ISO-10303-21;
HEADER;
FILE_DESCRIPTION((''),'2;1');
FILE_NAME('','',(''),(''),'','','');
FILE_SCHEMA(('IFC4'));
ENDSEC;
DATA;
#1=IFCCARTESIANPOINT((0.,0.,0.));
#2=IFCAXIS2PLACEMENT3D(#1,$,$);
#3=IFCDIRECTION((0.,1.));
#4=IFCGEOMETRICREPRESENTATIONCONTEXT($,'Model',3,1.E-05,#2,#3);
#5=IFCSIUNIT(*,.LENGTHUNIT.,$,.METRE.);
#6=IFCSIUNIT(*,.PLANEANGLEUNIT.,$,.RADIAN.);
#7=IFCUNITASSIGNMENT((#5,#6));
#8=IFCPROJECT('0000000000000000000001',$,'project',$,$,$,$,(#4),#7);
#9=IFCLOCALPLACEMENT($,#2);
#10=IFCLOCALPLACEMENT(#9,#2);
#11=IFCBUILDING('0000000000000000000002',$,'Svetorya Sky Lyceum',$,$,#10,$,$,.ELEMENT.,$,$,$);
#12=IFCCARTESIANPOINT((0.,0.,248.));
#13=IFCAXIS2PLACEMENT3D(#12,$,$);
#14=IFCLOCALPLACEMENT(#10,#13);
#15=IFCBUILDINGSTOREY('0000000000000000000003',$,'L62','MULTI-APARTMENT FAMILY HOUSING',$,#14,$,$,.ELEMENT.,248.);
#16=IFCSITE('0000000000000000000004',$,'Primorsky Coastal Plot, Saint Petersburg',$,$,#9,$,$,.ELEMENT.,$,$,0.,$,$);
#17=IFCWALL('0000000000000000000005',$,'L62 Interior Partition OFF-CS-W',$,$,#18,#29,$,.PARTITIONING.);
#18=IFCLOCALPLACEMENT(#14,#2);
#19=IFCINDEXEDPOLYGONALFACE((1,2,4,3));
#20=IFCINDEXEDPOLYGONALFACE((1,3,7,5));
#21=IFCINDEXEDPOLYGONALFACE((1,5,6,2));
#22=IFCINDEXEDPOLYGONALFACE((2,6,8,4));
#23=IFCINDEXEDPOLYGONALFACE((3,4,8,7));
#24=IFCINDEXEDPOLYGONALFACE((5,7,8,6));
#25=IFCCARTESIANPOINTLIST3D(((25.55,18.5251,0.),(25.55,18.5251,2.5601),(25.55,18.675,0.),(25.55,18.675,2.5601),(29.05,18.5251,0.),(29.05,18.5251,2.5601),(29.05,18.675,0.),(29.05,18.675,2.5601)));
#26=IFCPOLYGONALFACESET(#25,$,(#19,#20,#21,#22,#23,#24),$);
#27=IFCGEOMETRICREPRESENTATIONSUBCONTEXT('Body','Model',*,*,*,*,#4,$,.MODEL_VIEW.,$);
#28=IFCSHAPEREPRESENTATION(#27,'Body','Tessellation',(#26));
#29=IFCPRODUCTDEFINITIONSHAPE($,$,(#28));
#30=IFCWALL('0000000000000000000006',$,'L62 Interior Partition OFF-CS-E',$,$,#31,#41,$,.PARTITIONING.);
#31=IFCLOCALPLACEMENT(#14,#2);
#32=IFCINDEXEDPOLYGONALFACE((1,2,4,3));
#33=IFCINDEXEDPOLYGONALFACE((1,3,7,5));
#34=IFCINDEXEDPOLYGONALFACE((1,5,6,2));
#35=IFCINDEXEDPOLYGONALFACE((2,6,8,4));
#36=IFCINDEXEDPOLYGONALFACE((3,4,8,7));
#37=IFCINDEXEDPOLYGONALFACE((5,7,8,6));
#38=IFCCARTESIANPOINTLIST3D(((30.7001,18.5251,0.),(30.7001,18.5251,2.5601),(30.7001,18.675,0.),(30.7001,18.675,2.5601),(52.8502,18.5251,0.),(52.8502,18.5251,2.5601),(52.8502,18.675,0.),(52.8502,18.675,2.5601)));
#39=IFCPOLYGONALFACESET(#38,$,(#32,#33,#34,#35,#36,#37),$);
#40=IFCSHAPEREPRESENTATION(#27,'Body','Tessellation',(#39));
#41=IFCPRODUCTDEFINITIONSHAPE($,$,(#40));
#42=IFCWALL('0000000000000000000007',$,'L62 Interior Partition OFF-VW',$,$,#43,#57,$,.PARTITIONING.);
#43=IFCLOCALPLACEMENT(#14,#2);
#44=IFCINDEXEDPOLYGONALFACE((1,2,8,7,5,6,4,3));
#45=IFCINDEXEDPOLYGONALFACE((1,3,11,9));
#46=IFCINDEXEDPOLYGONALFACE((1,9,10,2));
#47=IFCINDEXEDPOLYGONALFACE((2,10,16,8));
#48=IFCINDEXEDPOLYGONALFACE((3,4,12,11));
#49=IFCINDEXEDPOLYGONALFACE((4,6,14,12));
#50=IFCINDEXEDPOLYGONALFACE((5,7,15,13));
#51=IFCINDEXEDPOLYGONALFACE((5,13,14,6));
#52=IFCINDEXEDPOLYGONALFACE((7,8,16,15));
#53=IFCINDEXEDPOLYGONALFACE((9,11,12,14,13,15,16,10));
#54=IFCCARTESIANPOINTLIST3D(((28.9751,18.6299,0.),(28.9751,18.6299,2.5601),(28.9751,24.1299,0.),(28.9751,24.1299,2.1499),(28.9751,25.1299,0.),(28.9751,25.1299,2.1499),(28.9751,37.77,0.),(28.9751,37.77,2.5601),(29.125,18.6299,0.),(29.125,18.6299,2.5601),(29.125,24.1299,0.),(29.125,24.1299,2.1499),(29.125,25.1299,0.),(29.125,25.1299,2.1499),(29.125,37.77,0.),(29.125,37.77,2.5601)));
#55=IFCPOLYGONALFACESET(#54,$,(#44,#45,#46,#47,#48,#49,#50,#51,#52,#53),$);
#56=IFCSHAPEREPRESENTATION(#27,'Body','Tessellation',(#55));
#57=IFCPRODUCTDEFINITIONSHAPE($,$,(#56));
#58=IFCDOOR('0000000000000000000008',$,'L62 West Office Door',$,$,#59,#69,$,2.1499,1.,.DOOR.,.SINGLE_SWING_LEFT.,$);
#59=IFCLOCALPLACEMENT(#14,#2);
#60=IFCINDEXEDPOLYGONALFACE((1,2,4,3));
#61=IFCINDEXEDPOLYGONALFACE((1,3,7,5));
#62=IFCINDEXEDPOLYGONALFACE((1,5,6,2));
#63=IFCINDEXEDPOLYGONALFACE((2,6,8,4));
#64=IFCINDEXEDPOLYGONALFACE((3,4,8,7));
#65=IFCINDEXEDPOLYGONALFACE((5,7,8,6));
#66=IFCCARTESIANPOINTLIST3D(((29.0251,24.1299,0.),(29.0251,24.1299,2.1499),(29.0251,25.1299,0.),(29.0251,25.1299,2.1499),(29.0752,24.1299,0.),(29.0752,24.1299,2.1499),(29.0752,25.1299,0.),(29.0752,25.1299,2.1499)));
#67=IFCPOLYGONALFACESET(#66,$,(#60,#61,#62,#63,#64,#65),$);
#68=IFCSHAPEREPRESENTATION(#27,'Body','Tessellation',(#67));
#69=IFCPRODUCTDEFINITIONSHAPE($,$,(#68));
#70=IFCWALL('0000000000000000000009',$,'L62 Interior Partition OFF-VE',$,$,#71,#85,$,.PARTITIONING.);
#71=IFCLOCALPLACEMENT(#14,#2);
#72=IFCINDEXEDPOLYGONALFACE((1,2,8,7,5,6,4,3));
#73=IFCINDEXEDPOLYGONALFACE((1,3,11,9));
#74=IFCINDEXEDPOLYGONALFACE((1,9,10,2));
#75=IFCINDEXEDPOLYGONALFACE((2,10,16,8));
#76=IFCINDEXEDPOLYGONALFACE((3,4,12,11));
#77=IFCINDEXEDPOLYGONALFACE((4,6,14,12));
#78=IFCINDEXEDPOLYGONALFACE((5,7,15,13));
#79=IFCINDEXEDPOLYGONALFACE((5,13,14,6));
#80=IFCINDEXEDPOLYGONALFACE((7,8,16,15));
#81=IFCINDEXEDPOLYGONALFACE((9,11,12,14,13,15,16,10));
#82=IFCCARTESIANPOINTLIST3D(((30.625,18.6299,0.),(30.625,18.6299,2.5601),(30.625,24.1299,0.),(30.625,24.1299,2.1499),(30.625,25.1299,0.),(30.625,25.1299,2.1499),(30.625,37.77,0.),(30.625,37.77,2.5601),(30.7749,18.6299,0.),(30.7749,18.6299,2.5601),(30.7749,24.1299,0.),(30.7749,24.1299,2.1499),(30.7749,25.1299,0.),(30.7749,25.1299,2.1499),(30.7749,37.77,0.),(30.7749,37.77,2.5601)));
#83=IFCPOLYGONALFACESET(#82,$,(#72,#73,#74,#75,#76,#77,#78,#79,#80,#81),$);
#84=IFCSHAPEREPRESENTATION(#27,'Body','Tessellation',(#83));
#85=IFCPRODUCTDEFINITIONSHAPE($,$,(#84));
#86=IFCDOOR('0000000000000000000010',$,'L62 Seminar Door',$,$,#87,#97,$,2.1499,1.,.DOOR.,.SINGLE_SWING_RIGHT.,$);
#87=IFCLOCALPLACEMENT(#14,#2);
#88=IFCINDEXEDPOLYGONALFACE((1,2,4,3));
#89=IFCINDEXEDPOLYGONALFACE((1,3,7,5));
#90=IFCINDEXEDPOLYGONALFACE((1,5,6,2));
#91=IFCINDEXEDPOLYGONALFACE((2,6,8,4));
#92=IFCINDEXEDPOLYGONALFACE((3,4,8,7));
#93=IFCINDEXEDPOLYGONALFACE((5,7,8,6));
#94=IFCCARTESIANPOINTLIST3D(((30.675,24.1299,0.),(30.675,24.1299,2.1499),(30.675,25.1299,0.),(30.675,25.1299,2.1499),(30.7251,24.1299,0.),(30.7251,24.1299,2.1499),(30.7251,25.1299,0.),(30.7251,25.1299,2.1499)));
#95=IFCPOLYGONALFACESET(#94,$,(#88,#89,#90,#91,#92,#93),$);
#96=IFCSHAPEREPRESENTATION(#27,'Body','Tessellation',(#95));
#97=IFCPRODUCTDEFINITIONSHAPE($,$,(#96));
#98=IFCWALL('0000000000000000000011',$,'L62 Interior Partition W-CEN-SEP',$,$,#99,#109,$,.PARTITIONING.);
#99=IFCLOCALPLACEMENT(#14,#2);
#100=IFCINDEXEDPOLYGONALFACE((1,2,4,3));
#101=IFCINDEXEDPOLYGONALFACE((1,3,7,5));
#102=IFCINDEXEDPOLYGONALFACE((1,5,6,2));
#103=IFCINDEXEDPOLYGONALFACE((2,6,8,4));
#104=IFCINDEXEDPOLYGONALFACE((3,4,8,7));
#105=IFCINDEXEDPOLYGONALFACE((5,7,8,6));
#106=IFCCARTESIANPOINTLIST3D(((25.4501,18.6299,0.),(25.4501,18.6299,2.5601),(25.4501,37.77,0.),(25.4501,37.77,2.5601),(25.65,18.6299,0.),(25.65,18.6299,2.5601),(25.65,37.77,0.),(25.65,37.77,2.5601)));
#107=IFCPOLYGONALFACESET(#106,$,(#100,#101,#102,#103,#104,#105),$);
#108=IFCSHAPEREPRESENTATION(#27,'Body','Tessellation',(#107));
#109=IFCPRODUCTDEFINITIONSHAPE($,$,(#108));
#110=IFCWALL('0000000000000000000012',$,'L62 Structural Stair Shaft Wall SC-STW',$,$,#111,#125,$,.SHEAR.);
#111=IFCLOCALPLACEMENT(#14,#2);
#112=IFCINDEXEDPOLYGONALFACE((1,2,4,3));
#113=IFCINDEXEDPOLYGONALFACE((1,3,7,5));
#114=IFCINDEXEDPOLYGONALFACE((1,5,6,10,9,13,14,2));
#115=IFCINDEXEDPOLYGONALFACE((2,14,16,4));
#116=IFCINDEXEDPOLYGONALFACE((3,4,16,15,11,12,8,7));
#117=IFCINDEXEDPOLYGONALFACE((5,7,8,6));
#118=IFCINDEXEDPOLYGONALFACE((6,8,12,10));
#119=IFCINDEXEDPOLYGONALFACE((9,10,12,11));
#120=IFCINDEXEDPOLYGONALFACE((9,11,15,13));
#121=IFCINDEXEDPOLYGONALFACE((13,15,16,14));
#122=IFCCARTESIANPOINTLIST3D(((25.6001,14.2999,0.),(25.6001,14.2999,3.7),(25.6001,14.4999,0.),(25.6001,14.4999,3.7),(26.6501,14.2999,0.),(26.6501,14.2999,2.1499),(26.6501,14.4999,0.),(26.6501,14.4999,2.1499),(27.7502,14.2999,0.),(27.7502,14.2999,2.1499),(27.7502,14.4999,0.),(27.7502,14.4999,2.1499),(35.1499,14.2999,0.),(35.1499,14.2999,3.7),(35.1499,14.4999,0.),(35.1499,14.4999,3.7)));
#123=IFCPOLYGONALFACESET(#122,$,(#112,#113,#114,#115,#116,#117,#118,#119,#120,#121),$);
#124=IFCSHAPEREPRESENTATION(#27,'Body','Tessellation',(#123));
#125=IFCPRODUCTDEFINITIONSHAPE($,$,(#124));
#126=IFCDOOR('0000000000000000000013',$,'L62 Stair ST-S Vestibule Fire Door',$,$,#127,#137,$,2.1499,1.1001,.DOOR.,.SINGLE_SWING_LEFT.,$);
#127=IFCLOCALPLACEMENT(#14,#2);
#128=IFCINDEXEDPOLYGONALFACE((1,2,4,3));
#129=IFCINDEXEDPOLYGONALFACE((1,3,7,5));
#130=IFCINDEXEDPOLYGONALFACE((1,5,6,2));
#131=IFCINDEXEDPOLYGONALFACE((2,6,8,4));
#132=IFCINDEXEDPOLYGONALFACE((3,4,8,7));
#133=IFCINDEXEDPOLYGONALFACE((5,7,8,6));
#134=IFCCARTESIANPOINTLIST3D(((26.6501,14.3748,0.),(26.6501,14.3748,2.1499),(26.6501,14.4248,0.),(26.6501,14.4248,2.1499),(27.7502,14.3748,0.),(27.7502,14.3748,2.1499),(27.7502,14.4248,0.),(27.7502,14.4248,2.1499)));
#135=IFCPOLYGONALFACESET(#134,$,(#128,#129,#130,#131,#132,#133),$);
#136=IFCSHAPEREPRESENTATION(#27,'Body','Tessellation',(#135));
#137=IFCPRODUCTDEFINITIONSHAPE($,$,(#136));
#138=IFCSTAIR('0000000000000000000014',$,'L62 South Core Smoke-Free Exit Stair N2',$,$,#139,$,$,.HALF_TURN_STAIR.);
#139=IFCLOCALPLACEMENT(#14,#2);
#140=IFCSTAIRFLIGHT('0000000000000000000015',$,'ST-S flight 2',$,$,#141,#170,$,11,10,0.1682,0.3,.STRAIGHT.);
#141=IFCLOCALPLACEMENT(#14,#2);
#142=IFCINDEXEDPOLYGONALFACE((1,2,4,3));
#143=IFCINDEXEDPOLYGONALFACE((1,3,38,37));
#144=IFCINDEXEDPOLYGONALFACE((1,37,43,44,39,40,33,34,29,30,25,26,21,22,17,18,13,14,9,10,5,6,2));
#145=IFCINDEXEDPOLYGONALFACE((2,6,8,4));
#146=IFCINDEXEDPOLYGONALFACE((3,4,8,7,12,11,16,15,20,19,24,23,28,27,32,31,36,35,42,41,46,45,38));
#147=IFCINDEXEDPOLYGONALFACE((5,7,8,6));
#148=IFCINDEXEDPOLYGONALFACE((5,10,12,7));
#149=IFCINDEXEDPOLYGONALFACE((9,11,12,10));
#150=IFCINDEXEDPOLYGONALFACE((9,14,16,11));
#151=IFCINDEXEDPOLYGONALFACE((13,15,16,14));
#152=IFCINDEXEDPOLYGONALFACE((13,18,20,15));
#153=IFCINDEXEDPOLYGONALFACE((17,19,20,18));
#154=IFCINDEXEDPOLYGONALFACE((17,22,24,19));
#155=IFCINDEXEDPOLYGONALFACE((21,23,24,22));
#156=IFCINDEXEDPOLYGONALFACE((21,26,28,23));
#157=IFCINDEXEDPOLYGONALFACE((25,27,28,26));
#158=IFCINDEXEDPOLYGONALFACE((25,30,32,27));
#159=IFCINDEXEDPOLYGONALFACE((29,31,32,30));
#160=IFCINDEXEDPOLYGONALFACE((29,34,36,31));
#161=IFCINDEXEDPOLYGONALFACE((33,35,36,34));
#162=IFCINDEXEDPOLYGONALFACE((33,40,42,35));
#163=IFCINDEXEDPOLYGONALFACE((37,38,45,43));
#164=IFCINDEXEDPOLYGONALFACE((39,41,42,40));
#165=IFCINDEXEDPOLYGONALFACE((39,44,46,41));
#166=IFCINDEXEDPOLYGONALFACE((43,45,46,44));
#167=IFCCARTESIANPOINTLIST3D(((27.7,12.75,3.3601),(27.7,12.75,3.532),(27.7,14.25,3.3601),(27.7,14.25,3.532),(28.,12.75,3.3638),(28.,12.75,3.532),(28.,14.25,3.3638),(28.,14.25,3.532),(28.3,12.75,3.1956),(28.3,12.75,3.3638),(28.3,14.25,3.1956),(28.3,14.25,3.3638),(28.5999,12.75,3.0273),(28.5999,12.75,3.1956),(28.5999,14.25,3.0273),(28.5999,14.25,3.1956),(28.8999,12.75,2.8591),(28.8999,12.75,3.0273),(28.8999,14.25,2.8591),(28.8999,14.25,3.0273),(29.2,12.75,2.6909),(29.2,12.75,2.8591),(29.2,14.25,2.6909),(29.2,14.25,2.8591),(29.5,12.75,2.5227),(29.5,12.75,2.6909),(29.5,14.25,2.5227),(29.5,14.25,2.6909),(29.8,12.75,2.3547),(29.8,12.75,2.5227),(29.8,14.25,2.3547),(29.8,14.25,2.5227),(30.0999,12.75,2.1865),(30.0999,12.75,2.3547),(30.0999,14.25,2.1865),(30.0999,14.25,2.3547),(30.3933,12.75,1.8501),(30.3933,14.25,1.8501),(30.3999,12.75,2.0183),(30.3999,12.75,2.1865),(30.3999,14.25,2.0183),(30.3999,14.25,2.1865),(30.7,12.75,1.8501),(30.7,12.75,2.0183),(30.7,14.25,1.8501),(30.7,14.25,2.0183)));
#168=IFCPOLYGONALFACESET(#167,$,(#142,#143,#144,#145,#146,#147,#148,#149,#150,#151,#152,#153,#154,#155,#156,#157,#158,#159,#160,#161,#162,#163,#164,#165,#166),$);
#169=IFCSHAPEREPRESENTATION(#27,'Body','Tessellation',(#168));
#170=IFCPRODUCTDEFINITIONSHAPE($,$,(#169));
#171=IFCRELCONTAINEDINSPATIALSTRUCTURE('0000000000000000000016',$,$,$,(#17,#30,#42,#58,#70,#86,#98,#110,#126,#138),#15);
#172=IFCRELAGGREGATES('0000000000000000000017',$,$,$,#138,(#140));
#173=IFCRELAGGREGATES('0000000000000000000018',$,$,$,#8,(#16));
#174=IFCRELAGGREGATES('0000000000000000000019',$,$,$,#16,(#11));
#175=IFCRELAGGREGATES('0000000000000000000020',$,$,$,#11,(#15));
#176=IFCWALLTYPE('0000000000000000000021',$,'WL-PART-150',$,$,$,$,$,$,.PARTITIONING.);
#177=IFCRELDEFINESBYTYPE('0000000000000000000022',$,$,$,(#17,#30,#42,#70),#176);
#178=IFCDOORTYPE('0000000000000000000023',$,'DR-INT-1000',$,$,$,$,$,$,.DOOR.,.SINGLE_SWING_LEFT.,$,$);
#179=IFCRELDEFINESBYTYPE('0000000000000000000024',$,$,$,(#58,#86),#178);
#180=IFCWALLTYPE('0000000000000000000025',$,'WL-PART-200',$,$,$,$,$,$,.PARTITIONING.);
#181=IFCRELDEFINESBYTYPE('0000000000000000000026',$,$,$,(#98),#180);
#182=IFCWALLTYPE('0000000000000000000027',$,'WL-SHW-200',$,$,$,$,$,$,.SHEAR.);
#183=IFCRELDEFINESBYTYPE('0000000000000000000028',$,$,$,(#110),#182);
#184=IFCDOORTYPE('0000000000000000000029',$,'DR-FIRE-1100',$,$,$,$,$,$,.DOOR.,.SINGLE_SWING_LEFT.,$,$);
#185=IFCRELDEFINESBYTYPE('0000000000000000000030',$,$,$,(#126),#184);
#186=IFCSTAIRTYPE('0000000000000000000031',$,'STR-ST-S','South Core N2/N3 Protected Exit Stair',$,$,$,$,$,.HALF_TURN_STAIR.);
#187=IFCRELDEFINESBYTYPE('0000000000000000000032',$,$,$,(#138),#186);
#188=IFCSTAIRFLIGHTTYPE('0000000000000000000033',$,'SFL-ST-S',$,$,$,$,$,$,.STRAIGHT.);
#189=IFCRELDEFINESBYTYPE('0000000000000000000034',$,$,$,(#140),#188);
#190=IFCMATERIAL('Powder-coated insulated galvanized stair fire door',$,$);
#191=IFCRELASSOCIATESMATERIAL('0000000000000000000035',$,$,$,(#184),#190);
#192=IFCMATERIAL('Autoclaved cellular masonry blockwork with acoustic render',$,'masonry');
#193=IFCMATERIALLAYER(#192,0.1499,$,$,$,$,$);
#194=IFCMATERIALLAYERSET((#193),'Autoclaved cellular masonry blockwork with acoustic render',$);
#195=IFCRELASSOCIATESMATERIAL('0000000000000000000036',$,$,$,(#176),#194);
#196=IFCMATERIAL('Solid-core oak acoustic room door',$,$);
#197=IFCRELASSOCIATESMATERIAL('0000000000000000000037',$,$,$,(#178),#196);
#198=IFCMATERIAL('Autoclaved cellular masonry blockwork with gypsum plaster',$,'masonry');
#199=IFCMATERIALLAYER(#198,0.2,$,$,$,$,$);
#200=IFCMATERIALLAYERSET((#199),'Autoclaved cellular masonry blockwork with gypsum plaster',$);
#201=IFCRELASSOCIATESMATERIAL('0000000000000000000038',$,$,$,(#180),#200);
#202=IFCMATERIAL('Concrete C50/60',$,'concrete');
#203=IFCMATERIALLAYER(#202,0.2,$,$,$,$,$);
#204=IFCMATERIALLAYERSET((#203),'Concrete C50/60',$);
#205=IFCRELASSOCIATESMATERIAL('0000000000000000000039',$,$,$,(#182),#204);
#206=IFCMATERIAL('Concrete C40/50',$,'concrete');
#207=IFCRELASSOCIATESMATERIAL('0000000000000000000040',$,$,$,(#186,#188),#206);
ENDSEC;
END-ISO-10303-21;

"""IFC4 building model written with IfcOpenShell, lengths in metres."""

from ifc_helpers import new_model, si_unit, direction, frame, frame_2d, origin, place, context, subcontext, project, spatial, polyline, rectangle, outline, extrude, material, layer, layer_set, type_object, element, fill, aggregate, save


model = new_model("IFC4")

# Units and contexts
model_context = context("Model", 3, precision=1e-05, world=origin(), true_north=direction((0.0, 1.0)))
body_context = subcontext(model_context, "Body", "Model", "MODEL_VIEW")
ifc_project = project(units=[si_unit("LENGTHUNIT", "METRE"), si_unit("PLANEANGLEUNIT", "RADIAN")], contexts=[model_context])

# Site, building, storey
site_placement = place(None, origin())
site = spatial("IfcSite", under=ifc_project, at=site_placement, Name="Primorsky Coastal Plot, Saint Petersburg", CompositionType="ELEMENT", RefElevation=0.0)
building_placement = place(site_placement, origin())
building = spatial("IfcBuilding", under=site, at=building_placement, Name="Svetorya Sky Lyceum", CompositionType="ELEMENT")
storey_placement = place(building_placement, frame((0.0, 0.0, 248.0)))
storey = spatial("IfcBuildingStorey", under=building, at=storey_placement, Name="L62", Description="MULTI-APARTMENT FAMILY HOUSING", CompositionType="ELEMENT", Elevation=248.0)

# Shared definitions
ifc_material_1 = material(Name="Concrete C50/60", Category="concrete")

# Shared definitions
ifc_material_2 = material(Name="Powder-coated insulated galvanized stair fire door")
door_type_1 = type_object("IfcDoorType", Name="DR-FIRE-1100", OperationType="SINGLE_SWING_LEFT", PredefinedType="DOOR", material=ifc_material_2)

# Walls
ifc_material_3 = material(Name="Autoclaved cellular masonry blockwork with acoustic render", Category="masonry")
ifc_layer_1 = layer(ifc_material_3, 0.1499)
ifc_layer_set_1 = layer_set([ifc_layer_1], Name="Autoclaved cellular masonry blockwork with acoustic render")
wall_type_1 = type_object("IfcWallType", Name="WL-PART-150", PredefinedType="PARTITIONING", material=ifc_layer_set_1)
wall_1_placement = place(storey_placement, frame((25.55, 18.6001, 0.0), z_axis=(0.0, 0.0, 1.0), x_axis=(1.0, 0.0, 0.0)))
element("IfcWall", 1, at=wall_1_placement, inside=storey, type_object=wall_type_1, Name="L62 Interior Partition OFF-CS-W", PredefinedType="PARTITIONING", context=body_context, shape_type="SweptSolid", body=[
    extrude(rectangle(XDim=3.5, YDim=0.1499, at=frame_2d((1.75, 0.0))), origin(), (0.0, 0.0, 1.0), 2.5601),
])
wall_2_placement = place(storey_placement, frame((30.7, 18.6001, 0.0), z_axis=(0.0, 0.0, 1.0), x_axis=(1.0, 0.0, 0.0)))
element("IfcWall", 2, at=wall_2_placement, inside=storey, type_object=wall_type_1, Name="L62 Interior Partition OFF-CS-E", PredefinedType="PARTITIONING", context=body_context, shape_type="SweptSolid", body=[
    extrude(rectangle(XDim=22.1501, YDim=0.1499, at=frame_2d((11.0752, 0.0))), origin(), (0.0, 0.0, 1.0), 2.5601),
])

# Walls, openings, doors
wall_3_placement = place(storey_placement, frame((29.05, 18.6299, 0.0), z_axis=(0.0, 0.0, 1.0), x_axis=(0.0, 1.0, 0.0)))
wall_3 = element("IfcWall", 3, at=wall_3_placement, inside=storey, type_object=wall_type_1, Name="L62 Interior Partition OFF-VW", PredefinedType="PARTITIONING", context=body_context, shape_type="SweptSolid", body=[
    extrude(rectangle(XDim=19.1401, YDim=0.1499, at=frame_2d((9.5701, 0.0))), origin(), (0.0, 0.0, 1.0), 2.5601),
])
opening_1_placement = place(wall_3_placement, frame((5.5, 0.0, 0.0)))
opening_1 = element("IfcOpeningElement", 4, at=opening_1_placement, cuts=wall_3, PredefinedType="OPENING", context=body_context, shape_type="SweptSolid", body=[
    extrude(rectangle(XDim=1.0, YDim=2.1499, at=frame_2d((0.5, 1.075))), frame((0.0, 0.085, 0.0), z_axis=(0.0, -1.0, 0.0), x_axis=(1.0, 0.0, 0.0)), (0.0, 0.0, 1.0), 0.1699),
])
ifc_material_4 = material(Name="Solid-core oak acoustic room door")
door_type_2 = type_object("IfcDoorType", Name="DR-INT-1000", OperationType="SINGLE_SWING_LEFT", PredefinedType="DOOR", material=ifc_material_4)
door_1_placement = place(opening_1_placement, origin())
door_1 = element("IfcDoor", 5, at=door_1_placement, inside=storey, type_object=door_type_2, Name="L62 West Office Door", OperationType="SINGLE_SWING_LEFT", OverallHeight=2.1499, OverallWidth=1.0, PredefinedType="DOOR", context=body_context, shape_type="SweptSolid", body=[
    extrude(rectangle(XDim=1.0, YDim=2.1499, at=frame_2d((0.5, 1.075))), frame((0.0, 0.0249, 0.0), z_axis=(0.0, -1.0, 0.0), x_axis=(1.0, 0.0, 0.0)), (0.0, 0.0, 1.0), 0.05),
])
fill(opening_1, door_1)
wall_4_placement = place(storey_placement, frame((30.7, 18.6299, 0.0), z_axis=(0.0, 0.0, 1.0), x_axis=(0.0, 1.0, 0.0)))
wall_4 = element("IfcWall", 6, at=wall_4_placement, inside=storey, type_object=wall_type_1, Name="L62 Interior Partition OFF-VE", PredefinedType="PARTITIONING", context=body_context, shape_type="SweptSolid", body=[
    extrude(rectangle(XDim=19.1401, YDim=0.1499, at=frame_2d((9.5701, 0.0))), origin(), (0.0, 0.0, 1.0), 2.5601),
])
opening_2_placement = place(wall_4_placement, frame((5.5, 0.0, 0.0)))
opening_2 = element("IfcOpeningElement", 7, at=opening_2_placement, cuts=wall_4, PredefinedType="OPENING", context=body_context, shape_type="SweptSolid", body=[
    extrude(rectangle(XDim=1.0, YDim=2.1499, at=frame_2d((0.5, 1.075))), frame((0.0, 0.085, 0.0), z_axis=(0.0, -1.0, 0.0), x_axis=(1.0, 0.0, 0.0)), (0.0, 0.0, 1.0), 0.1699),
])
door_2_placement = place(opening_2_placement, origin())
door_2 = element("IfcDoor", 8, at=door_2_placement, inside=storey, type_object=door_type_2, Name="L62 Seminar Door", OperationType="SINGLE_SWING_RIGHT", OverallHeight=2.1499, OverallWidth=1.0, PredefinedType="DOOR", context=body_context, shape_type="SweptSolid", body=[
    extrude(rectangle(XDim=1.0, YDim=2.1499, at=frame_2d((0.5, 1.075))), frame((0.0, 0.0249, 0.0), z_axis=(0.0, -1.0, 0.0), x_axis=(1.0, 0.0, 0.0)), (0.0, 0.0, 1.0), 0.05),
])
fill(opening_2, door_2)

# Wall
ifc_material_5 = material(Name="Autoclaved cellular masonry blockwork with gypsum plaster", Category="masonry")
ifc_layer_2 = layer(ifc_material_5, 0.2)
ifc_layer_set_2 = layer_set([ifc_layer_2], Name="Autoclaved cellular masonry blockwork with gypsum plaster")
wall_type_2 = type_object("IfcWallType", Name="WL-PART-200", PredefinedType="PARTITIONING", material=ifc_layer_set_2)
wall_5_placement = place(storey_placement, frame((25.55, 18.6299, 0.0), z_axis=(0.0, 0.0, 1.0), x_axis=(0.0, 1.0, 0.0)))
element("IfcWall", 9, at=wall_5_placement, inside=storey, type_object=wall_type_2, Name="L62 Interior Partition W-CEN-SEP", PredefinedType="PARTITIONING", context=body_context, shape_type="SweptSolid", body=[
    extrude(rectangle(XDim=19.1401, YDim=0.2, at=frame_2d((9.5701, 0.0))), origin(), (0.0, 0.0, 1.0), 2.5601),
])

# Wall, opening, door
ifc_layer_3 = layer(ifc_material_1, 0.2)
ifc_layer_set_3 = layer_set([ifc_layer_3], Name="Concrete C50/60")
wall_type_3 = type_object("IfcWallType", Name="WL-SHW-200", PredefinedType="SHEAR", material=ifc_layer_set_3)
wall_6_placement = place(storey_placement, frame((25.6001, 14.3999, 0.0), z_axis=(0.0, 0.0, 1.0), x_axis=(1.0, 0.0, 0.0)))
wall_6 = element("IfcWall", 10, at=wall_6_placement, inside=storey, type_object=wall_type_3, Name="L62 Structural Stair Shaft Wall SC-STW", PredefinedType="SHEAR", context=body_context, shape_type="SweptSolid", body=[
    extrude(rectangle(XDim=9.5498, YDim=0.2, at=frame_2d((4.7749, 0.0))), origin(), (0.0, 0.0, 1.0), 3.7),
])
opening_3_placement = place(wall_6_placement, frame((1.05, 0.0, 0.0)))
opening_3 = element("IfcOpeningElement", 11, at=opening_3_placement, cuts=wall_6, PredefinedType="OPENING", context=body_context, shape_type="SweptSolid", body=[
    extrude(rectangle(XDim=1.1001, YDim=2.1499, at=frame_2d((0.55, 1.075))), frame((0.0, 0.1099, 0.0), z_axis=(0.0, -1.0, 0.0), x_axis=(1.0, 0.0, 0.0)), (0.0, 0.0, 1.0), 0.22),
])
door_3_placement = place(opening_3_placement, origin())
door_3 = element("IfcDoor", 12, at=door_3_placement, inside=storey, type_object=door_type_1, Name="L62 Stair ST-S Vestibule Fire Door", OperationType="SINGLE_SWING_LEFT", OverallHeight=2.1499, OverallWidth=1.1001, PredefinedType="DOOR", context=body_context, shape_type="SweptSolid", body=[
    extrude(rectangle(XDim=1.1001, YDim=2.1499, at=frame_2d((0.55, 1.075))), frame((0.0, 0.0249, 0.0), z_axis=(0.0, -1.0, 0.0), x_axis=(1.0, 0.0, 0.0)), (0.0, 0.0, 1.0), 0.05),
])
fill(opening_3, door_3)

# Stair, stair flight
ifc_material_6 = material(Name="Concrete C40/50", Category="concrete")
stair_type = type_object("IfcStairType", Name="STR-ST-S", Description="South Core N2/N3 Protected Exit Stair", PredefinedType="HALF_TURN_STAIR", material=ifc_material_6)
stair_placement = place(storey_placement, origin())
stair = element("IfcStair", 13, at=stair_placement, inside=storey, type_object=stair_type, Name="L62 South Core Smoke-Free Exit Stair N2", PredefinedType="HALF_TURN_STAIR")
stair_flight_type = type_object("IfcStairFlightType", Name="SFL-ST-S", PredefinedType="STRAIGHT", material=ifc_material_6)
stair_flight_placement = place(storey_placement, frame((30.7, 13.5, 1.8501), z_axis=(0.0, 0.0, 1.0), x_axis=(-1.0, 0.0, 0.0)))
stair_flight = element("IfcStairFlight", 14, at=stair_flight_placement, type_object=stair_flight_type, Name="ST-S flight 2", NumberOfRisers=11, NumberOfTreads=10, PredefinedType="STRAIGHT", RiserHeight=0.1682, TreadLength=0.3, context=body_context, shape_type="SweptSolid", body=[
    extrude(outline(polyline([(0.0, 0.0), (0.0, 0.1682), (0.3, 0.1682), (0.3, 0.3364), (0.6001, 0.3364), (0.6001, 0.5046), (0.8999, 0.5046), (0.8999, 0.6726), (1.2, 0.6726), (1.2, 0.8408), (1.5, 0.8408), (1.5, 1.009), (1.8, 1.009), (1.8, 1.1772), (2.1001, 1.1772), (2.1001, 1.3455), (2.3999, 1.3455), (2.3999, 1.5137), (2.7, 1.5137), (2.7, 1.6819), (3.0, 1.6819), (3.0, 1.8501), (3.0, 1.51), (0.3066, 0.0), (0.0, 0.0)])), frame((0.0, 0.75, 0.0), z_axis=(0.0, -1.0, 0.0), x_axis=(1.0, 0.0, 0.0)), (0.0, 0.0, 1.0), 1.5),
])
aggregate(stair, [stair_flight])

save(model, "model.ifc")
